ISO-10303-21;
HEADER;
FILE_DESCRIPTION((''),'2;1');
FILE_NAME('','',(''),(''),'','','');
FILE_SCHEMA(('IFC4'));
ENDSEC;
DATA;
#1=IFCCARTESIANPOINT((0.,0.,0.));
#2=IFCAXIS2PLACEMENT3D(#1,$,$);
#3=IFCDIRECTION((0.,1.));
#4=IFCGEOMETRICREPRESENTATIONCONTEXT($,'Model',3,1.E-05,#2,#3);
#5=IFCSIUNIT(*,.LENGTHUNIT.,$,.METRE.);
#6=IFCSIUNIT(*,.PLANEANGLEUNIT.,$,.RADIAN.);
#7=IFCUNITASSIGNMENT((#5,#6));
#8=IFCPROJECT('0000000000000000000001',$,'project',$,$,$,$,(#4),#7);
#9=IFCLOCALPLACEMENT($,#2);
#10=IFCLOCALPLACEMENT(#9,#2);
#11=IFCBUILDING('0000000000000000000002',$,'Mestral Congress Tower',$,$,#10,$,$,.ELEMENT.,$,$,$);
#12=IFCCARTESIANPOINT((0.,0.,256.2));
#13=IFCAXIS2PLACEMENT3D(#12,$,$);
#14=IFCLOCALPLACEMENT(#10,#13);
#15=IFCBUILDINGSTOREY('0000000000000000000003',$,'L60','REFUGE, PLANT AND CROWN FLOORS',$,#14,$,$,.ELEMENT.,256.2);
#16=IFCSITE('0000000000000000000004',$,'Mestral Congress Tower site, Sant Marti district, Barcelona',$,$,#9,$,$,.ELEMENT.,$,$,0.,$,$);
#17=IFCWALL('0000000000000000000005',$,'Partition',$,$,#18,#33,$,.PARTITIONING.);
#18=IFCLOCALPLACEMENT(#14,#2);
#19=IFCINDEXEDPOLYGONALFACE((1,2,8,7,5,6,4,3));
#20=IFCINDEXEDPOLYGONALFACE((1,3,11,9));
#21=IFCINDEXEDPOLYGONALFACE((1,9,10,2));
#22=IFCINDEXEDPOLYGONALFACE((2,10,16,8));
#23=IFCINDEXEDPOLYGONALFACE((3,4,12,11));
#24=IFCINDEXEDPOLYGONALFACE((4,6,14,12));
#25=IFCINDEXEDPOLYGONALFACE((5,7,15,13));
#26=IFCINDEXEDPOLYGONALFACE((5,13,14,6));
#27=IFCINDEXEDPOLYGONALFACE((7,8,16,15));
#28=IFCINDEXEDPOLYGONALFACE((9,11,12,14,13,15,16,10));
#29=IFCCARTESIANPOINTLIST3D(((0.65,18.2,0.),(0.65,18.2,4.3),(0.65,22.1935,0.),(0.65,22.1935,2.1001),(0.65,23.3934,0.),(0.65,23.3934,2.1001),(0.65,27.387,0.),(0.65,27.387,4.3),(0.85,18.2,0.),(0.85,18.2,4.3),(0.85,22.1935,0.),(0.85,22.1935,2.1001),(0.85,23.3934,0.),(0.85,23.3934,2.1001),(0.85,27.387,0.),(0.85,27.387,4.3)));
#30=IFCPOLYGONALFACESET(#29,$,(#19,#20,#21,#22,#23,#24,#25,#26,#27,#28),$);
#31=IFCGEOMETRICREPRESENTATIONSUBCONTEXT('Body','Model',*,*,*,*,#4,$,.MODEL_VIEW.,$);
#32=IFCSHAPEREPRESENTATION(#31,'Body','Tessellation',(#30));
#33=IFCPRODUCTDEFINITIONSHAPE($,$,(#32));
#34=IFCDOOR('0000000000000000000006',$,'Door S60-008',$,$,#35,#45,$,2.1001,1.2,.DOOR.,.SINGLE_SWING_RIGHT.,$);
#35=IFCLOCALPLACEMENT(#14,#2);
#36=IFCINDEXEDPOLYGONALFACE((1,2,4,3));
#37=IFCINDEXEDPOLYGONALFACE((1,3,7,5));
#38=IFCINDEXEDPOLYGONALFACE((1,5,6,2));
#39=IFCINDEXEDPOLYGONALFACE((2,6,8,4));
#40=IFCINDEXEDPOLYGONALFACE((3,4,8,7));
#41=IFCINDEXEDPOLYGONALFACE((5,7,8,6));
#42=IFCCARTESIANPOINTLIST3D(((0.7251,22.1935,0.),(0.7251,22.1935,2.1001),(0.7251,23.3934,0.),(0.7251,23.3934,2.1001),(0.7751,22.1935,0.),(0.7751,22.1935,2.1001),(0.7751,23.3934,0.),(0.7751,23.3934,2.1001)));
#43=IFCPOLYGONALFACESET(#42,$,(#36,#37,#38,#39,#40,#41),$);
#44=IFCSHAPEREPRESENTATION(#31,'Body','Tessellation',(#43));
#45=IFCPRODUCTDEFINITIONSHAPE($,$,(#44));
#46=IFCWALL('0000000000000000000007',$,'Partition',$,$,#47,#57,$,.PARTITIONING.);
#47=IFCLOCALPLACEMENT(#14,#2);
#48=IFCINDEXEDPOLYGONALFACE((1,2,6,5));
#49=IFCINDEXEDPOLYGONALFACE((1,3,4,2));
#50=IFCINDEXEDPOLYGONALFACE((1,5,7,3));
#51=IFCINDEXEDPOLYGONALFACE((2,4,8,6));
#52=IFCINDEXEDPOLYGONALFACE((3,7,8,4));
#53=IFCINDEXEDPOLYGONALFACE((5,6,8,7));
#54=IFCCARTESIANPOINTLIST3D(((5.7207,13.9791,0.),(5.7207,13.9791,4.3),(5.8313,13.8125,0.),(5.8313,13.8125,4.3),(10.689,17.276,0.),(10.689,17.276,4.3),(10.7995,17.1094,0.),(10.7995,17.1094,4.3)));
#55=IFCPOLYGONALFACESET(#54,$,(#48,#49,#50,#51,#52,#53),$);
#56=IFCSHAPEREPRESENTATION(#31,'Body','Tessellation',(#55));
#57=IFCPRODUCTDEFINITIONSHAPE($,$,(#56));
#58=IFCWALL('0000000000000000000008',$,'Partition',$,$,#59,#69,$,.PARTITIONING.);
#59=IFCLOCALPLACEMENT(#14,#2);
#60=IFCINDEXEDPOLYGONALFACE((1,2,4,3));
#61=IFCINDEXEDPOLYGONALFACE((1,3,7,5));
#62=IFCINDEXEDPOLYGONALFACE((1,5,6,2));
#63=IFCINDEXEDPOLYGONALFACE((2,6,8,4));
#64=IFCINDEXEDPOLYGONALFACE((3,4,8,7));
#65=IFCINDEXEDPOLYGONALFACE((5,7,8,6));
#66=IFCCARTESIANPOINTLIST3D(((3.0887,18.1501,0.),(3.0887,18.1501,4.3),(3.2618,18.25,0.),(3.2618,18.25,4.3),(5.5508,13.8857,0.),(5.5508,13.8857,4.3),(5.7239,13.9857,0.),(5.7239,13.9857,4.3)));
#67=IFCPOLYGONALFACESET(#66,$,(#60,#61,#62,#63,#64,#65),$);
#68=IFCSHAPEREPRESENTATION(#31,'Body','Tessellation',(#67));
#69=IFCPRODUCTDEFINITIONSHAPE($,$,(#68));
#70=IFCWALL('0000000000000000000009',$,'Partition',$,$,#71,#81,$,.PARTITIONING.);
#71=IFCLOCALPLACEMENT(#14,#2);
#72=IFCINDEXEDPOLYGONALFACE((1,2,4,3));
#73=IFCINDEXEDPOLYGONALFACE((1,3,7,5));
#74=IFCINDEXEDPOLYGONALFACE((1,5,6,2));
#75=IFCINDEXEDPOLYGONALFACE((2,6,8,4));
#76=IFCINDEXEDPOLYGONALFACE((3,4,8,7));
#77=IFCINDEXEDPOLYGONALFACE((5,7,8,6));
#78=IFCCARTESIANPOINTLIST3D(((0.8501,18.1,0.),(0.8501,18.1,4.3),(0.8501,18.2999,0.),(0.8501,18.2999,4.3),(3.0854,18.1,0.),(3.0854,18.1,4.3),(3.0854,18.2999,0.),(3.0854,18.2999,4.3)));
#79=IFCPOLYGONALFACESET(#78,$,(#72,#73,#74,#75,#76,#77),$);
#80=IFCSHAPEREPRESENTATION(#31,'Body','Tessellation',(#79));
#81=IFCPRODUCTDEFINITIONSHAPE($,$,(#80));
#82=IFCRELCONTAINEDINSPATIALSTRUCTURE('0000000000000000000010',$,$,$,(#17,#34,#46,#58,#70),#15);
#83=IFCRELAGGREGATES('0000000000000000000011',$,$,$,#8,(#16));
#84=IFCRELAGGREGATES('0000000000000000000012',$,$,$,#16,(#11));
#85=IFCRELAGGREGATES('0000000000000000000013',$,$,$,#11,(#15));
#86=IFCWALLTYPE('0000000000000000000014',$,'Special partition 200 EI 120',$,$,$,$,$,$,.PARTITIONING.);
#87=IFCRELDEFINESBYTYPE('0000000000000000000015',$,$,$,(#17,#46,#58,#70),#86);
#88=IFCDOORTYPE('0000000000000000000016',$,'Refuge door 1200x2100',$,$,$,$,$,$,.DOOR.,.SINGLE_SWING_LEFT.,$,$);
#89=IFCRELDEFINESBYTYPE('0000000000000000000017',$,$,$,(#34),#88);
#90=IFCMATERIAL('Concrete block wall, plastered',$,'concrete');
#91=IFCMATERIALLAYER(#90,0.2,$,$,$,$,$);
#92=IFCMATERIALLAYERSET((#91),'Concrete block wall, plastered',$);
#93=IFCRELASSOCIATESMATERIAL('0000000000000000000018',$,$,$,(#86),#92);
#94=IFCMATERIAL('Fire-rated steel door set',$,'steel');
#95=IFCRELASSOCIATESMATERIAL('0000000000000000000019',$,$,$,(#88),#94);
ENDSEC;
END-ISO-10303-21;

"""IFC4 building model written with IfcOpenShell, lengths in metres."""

from ifc_helpers import new_model, si_unit, direction, frame, frame_2d, origin, place, context, subcontext, project, spatial, rectangle, extrude, material, layer, layer_set, type_object, element, fill, save


model = new_model("IFC4")

# Units and contexts
model_context = context("Model", 3, precision=1e-05, world=origin(), true_north=direction((0.0, 1.0)))
body_context = subcontext(model_context, "Body", "Model", "MODEL_VIEW")
ifc_project = project(units=[si_unit("LENGTHUNIT", "METRE"), si_unit("PLANEANGLEUNIT", "RADIAN")], contexts=[model_context])

# Site, building, storey
site_placement = place(None, origin())
site = spatial("IfcSite", under=ifc_project, at=site_placement, Name="Mestral Congress Tower site, Sant Marti district, Barcelona", CompositionType="ELEMENT", RefElevation=0.0)
building_placement = place(site_placement, origin())
building = spatial("IfcBuilding", under=site, at=building_placement, Name="Mestral Congress Tower", CompositionType="ELEMENT")
storey_placement = place(building_placement, frame((0.0, 0.0, 256.2)))
storey = spatial("IfcBuildingStorey", under=building, at=storey_placement, Name="L60", Description="REFUGE, PLANT AND CROWN FLOORS", CompositionType="ELEMENT", Elevation=256.2)

# Wall, opening, door
ifc_material_1 = material(Name="Concrete block wall, plastered", Category="concrete")
ifc_layer_1 = layer(ifc_material_1, 0.2)
ifc_layer_set_1 = layer_set([ifc_layer_1], Name="Concrete block wall, plastered")
wall_type = type_object("IfcWallType", Name="Special partition 200 EI 120", PredefinedType="PARTITIONING", material=ifc_layer_set_1)
wall_1_placement = place(storey_placement, frame((0.75, 18.2, 0.0), z_axis=(0.0, 0.0, 1.0), x_axis=(0.0, 1.0, 0.0)))
wall_1 = element("IfcWall", 1, at=wall_1_placement, inside=storey, type_object=wall_type, Name="Partition", PredefinedType="PARTITIONING", context=body_context, shape_type="SweptSolid", body=[
    extrude(rectangle(XDim=9.187, YDim=0.2, at=frame_2d((4.5935, 0.0))), origin(), (0.0, 0.0, 1.0), 4.3),
])
opening_placement = place(wall_1_placement, frame((3.9934, 0.0, 0.0)))
opening = element("IfcOpeningElement", 2, at=opening_placement, cuts=wall_1, PredefinedType="OPENING", context=body_context, shape_type="SweptSolid", body=[
    extrude(rectangle(XDim=1.2, YDim=2.1001, at=frame_2d((0.6001, 1.05))), frame((0.0, 0.1099, 0.0), z_axis=(0.0, -1.0, 0.0), x_axis=(1.0, 0.0, 0.0)), (0.0, 0.0, 1.0), 0.22),
])
ifc_material_2 = material(Name="Fire-rated steel door set", Category="steel")
door_type = type_object("IfcDoorType", Name="Refuge door 1200x2100", OperationType="SINGLE_SWING_LEFT", PredefinedType="DOOR", material=ifc_material_2)
door_placement = place(opening_placement, origin())
door = element("IfcDoor", 3, at=door_placement, inside=storey, type_object=door_type, Name="Door S60-008", OperationType="SINGLE_SWING_RIGHT", OverallHeight=2.1001, OverallWidth=1.2, PredefinedType="DOOR", context=body_context, shape_type="SweptSolid", body=[
    extrude(rectangle(XDim=1.2, YDim=2.1001, at=frame_2d((0.6001, 1.05))), frame((0.0, 0.0249, 0.0), z_axis=(0.0, -1.0, 0.0), x_axis=(1.0, 0.0, 0.0)), (0.0, 0.0, 1.0), 0.05),
])
fill(opening, door)

# Walls
wall_2_placement = place(storey_placement, frame((5.7759, 13.8958, 0.0), z_axis=(0.0, 0.0, 1.0), x_axis=(0.833233, 0.552923, 0.0)))
element("IfcWall", 4, at=wall_2_placement, inside=storey, type_object=wall_type, Name="Partition", PredefinedType="PARTITIONING", context=body_context, shape_type="SweptSolid", body=[
    extrude(rectangle(XDim=5.9626, YDim=0.2, at=frame_2d((2.9814, 0.0))), origin(), (0.0, 0.0, 1.0), 4.3),
])
wall_3_placement = place(storey_placement, frame((3.1753, 18.2, 0.0), z_axis=(0.0, 0.0, 1.0), x_axis=(0.500016, -0.866016, 0.0)))
element("IfcWall", 5, at=wall_3_placement, inside=storey, type_object=wall_type, Name="Partition", PredefinedType="PARTITIONING", context=body_context, shape_type="SweptSolid", body=[
    extrude(rectangle(XDim=4.9241, YDim=0.2, at=frame_2d((2.4619, 0.0))), origin(), (0.0, 0.0, 1.0), 4.3),
])
wall_4_placement = place(storey_placement, frame((0.8501, 18.2, 0.0), z_axis=(0.0, 0.0, 1.0), x_axis=(1.0, 0.0, 0.0)))
element("IfcWall", 6, at=wall_4_placement, inside=storey, type_object=wall_type, Name="Partition", PredefinedType="PARTITIONING", context=body_context, shape_type="SweptSolid", body=[
    extrude(rectangle(XDim=2.2354, YDim=0.2, at=frame_2d((1.1177, 0.0))), origin(), (0.0, 0.0, 1.0), 4.3),
])

save(model, "model.ifc")
